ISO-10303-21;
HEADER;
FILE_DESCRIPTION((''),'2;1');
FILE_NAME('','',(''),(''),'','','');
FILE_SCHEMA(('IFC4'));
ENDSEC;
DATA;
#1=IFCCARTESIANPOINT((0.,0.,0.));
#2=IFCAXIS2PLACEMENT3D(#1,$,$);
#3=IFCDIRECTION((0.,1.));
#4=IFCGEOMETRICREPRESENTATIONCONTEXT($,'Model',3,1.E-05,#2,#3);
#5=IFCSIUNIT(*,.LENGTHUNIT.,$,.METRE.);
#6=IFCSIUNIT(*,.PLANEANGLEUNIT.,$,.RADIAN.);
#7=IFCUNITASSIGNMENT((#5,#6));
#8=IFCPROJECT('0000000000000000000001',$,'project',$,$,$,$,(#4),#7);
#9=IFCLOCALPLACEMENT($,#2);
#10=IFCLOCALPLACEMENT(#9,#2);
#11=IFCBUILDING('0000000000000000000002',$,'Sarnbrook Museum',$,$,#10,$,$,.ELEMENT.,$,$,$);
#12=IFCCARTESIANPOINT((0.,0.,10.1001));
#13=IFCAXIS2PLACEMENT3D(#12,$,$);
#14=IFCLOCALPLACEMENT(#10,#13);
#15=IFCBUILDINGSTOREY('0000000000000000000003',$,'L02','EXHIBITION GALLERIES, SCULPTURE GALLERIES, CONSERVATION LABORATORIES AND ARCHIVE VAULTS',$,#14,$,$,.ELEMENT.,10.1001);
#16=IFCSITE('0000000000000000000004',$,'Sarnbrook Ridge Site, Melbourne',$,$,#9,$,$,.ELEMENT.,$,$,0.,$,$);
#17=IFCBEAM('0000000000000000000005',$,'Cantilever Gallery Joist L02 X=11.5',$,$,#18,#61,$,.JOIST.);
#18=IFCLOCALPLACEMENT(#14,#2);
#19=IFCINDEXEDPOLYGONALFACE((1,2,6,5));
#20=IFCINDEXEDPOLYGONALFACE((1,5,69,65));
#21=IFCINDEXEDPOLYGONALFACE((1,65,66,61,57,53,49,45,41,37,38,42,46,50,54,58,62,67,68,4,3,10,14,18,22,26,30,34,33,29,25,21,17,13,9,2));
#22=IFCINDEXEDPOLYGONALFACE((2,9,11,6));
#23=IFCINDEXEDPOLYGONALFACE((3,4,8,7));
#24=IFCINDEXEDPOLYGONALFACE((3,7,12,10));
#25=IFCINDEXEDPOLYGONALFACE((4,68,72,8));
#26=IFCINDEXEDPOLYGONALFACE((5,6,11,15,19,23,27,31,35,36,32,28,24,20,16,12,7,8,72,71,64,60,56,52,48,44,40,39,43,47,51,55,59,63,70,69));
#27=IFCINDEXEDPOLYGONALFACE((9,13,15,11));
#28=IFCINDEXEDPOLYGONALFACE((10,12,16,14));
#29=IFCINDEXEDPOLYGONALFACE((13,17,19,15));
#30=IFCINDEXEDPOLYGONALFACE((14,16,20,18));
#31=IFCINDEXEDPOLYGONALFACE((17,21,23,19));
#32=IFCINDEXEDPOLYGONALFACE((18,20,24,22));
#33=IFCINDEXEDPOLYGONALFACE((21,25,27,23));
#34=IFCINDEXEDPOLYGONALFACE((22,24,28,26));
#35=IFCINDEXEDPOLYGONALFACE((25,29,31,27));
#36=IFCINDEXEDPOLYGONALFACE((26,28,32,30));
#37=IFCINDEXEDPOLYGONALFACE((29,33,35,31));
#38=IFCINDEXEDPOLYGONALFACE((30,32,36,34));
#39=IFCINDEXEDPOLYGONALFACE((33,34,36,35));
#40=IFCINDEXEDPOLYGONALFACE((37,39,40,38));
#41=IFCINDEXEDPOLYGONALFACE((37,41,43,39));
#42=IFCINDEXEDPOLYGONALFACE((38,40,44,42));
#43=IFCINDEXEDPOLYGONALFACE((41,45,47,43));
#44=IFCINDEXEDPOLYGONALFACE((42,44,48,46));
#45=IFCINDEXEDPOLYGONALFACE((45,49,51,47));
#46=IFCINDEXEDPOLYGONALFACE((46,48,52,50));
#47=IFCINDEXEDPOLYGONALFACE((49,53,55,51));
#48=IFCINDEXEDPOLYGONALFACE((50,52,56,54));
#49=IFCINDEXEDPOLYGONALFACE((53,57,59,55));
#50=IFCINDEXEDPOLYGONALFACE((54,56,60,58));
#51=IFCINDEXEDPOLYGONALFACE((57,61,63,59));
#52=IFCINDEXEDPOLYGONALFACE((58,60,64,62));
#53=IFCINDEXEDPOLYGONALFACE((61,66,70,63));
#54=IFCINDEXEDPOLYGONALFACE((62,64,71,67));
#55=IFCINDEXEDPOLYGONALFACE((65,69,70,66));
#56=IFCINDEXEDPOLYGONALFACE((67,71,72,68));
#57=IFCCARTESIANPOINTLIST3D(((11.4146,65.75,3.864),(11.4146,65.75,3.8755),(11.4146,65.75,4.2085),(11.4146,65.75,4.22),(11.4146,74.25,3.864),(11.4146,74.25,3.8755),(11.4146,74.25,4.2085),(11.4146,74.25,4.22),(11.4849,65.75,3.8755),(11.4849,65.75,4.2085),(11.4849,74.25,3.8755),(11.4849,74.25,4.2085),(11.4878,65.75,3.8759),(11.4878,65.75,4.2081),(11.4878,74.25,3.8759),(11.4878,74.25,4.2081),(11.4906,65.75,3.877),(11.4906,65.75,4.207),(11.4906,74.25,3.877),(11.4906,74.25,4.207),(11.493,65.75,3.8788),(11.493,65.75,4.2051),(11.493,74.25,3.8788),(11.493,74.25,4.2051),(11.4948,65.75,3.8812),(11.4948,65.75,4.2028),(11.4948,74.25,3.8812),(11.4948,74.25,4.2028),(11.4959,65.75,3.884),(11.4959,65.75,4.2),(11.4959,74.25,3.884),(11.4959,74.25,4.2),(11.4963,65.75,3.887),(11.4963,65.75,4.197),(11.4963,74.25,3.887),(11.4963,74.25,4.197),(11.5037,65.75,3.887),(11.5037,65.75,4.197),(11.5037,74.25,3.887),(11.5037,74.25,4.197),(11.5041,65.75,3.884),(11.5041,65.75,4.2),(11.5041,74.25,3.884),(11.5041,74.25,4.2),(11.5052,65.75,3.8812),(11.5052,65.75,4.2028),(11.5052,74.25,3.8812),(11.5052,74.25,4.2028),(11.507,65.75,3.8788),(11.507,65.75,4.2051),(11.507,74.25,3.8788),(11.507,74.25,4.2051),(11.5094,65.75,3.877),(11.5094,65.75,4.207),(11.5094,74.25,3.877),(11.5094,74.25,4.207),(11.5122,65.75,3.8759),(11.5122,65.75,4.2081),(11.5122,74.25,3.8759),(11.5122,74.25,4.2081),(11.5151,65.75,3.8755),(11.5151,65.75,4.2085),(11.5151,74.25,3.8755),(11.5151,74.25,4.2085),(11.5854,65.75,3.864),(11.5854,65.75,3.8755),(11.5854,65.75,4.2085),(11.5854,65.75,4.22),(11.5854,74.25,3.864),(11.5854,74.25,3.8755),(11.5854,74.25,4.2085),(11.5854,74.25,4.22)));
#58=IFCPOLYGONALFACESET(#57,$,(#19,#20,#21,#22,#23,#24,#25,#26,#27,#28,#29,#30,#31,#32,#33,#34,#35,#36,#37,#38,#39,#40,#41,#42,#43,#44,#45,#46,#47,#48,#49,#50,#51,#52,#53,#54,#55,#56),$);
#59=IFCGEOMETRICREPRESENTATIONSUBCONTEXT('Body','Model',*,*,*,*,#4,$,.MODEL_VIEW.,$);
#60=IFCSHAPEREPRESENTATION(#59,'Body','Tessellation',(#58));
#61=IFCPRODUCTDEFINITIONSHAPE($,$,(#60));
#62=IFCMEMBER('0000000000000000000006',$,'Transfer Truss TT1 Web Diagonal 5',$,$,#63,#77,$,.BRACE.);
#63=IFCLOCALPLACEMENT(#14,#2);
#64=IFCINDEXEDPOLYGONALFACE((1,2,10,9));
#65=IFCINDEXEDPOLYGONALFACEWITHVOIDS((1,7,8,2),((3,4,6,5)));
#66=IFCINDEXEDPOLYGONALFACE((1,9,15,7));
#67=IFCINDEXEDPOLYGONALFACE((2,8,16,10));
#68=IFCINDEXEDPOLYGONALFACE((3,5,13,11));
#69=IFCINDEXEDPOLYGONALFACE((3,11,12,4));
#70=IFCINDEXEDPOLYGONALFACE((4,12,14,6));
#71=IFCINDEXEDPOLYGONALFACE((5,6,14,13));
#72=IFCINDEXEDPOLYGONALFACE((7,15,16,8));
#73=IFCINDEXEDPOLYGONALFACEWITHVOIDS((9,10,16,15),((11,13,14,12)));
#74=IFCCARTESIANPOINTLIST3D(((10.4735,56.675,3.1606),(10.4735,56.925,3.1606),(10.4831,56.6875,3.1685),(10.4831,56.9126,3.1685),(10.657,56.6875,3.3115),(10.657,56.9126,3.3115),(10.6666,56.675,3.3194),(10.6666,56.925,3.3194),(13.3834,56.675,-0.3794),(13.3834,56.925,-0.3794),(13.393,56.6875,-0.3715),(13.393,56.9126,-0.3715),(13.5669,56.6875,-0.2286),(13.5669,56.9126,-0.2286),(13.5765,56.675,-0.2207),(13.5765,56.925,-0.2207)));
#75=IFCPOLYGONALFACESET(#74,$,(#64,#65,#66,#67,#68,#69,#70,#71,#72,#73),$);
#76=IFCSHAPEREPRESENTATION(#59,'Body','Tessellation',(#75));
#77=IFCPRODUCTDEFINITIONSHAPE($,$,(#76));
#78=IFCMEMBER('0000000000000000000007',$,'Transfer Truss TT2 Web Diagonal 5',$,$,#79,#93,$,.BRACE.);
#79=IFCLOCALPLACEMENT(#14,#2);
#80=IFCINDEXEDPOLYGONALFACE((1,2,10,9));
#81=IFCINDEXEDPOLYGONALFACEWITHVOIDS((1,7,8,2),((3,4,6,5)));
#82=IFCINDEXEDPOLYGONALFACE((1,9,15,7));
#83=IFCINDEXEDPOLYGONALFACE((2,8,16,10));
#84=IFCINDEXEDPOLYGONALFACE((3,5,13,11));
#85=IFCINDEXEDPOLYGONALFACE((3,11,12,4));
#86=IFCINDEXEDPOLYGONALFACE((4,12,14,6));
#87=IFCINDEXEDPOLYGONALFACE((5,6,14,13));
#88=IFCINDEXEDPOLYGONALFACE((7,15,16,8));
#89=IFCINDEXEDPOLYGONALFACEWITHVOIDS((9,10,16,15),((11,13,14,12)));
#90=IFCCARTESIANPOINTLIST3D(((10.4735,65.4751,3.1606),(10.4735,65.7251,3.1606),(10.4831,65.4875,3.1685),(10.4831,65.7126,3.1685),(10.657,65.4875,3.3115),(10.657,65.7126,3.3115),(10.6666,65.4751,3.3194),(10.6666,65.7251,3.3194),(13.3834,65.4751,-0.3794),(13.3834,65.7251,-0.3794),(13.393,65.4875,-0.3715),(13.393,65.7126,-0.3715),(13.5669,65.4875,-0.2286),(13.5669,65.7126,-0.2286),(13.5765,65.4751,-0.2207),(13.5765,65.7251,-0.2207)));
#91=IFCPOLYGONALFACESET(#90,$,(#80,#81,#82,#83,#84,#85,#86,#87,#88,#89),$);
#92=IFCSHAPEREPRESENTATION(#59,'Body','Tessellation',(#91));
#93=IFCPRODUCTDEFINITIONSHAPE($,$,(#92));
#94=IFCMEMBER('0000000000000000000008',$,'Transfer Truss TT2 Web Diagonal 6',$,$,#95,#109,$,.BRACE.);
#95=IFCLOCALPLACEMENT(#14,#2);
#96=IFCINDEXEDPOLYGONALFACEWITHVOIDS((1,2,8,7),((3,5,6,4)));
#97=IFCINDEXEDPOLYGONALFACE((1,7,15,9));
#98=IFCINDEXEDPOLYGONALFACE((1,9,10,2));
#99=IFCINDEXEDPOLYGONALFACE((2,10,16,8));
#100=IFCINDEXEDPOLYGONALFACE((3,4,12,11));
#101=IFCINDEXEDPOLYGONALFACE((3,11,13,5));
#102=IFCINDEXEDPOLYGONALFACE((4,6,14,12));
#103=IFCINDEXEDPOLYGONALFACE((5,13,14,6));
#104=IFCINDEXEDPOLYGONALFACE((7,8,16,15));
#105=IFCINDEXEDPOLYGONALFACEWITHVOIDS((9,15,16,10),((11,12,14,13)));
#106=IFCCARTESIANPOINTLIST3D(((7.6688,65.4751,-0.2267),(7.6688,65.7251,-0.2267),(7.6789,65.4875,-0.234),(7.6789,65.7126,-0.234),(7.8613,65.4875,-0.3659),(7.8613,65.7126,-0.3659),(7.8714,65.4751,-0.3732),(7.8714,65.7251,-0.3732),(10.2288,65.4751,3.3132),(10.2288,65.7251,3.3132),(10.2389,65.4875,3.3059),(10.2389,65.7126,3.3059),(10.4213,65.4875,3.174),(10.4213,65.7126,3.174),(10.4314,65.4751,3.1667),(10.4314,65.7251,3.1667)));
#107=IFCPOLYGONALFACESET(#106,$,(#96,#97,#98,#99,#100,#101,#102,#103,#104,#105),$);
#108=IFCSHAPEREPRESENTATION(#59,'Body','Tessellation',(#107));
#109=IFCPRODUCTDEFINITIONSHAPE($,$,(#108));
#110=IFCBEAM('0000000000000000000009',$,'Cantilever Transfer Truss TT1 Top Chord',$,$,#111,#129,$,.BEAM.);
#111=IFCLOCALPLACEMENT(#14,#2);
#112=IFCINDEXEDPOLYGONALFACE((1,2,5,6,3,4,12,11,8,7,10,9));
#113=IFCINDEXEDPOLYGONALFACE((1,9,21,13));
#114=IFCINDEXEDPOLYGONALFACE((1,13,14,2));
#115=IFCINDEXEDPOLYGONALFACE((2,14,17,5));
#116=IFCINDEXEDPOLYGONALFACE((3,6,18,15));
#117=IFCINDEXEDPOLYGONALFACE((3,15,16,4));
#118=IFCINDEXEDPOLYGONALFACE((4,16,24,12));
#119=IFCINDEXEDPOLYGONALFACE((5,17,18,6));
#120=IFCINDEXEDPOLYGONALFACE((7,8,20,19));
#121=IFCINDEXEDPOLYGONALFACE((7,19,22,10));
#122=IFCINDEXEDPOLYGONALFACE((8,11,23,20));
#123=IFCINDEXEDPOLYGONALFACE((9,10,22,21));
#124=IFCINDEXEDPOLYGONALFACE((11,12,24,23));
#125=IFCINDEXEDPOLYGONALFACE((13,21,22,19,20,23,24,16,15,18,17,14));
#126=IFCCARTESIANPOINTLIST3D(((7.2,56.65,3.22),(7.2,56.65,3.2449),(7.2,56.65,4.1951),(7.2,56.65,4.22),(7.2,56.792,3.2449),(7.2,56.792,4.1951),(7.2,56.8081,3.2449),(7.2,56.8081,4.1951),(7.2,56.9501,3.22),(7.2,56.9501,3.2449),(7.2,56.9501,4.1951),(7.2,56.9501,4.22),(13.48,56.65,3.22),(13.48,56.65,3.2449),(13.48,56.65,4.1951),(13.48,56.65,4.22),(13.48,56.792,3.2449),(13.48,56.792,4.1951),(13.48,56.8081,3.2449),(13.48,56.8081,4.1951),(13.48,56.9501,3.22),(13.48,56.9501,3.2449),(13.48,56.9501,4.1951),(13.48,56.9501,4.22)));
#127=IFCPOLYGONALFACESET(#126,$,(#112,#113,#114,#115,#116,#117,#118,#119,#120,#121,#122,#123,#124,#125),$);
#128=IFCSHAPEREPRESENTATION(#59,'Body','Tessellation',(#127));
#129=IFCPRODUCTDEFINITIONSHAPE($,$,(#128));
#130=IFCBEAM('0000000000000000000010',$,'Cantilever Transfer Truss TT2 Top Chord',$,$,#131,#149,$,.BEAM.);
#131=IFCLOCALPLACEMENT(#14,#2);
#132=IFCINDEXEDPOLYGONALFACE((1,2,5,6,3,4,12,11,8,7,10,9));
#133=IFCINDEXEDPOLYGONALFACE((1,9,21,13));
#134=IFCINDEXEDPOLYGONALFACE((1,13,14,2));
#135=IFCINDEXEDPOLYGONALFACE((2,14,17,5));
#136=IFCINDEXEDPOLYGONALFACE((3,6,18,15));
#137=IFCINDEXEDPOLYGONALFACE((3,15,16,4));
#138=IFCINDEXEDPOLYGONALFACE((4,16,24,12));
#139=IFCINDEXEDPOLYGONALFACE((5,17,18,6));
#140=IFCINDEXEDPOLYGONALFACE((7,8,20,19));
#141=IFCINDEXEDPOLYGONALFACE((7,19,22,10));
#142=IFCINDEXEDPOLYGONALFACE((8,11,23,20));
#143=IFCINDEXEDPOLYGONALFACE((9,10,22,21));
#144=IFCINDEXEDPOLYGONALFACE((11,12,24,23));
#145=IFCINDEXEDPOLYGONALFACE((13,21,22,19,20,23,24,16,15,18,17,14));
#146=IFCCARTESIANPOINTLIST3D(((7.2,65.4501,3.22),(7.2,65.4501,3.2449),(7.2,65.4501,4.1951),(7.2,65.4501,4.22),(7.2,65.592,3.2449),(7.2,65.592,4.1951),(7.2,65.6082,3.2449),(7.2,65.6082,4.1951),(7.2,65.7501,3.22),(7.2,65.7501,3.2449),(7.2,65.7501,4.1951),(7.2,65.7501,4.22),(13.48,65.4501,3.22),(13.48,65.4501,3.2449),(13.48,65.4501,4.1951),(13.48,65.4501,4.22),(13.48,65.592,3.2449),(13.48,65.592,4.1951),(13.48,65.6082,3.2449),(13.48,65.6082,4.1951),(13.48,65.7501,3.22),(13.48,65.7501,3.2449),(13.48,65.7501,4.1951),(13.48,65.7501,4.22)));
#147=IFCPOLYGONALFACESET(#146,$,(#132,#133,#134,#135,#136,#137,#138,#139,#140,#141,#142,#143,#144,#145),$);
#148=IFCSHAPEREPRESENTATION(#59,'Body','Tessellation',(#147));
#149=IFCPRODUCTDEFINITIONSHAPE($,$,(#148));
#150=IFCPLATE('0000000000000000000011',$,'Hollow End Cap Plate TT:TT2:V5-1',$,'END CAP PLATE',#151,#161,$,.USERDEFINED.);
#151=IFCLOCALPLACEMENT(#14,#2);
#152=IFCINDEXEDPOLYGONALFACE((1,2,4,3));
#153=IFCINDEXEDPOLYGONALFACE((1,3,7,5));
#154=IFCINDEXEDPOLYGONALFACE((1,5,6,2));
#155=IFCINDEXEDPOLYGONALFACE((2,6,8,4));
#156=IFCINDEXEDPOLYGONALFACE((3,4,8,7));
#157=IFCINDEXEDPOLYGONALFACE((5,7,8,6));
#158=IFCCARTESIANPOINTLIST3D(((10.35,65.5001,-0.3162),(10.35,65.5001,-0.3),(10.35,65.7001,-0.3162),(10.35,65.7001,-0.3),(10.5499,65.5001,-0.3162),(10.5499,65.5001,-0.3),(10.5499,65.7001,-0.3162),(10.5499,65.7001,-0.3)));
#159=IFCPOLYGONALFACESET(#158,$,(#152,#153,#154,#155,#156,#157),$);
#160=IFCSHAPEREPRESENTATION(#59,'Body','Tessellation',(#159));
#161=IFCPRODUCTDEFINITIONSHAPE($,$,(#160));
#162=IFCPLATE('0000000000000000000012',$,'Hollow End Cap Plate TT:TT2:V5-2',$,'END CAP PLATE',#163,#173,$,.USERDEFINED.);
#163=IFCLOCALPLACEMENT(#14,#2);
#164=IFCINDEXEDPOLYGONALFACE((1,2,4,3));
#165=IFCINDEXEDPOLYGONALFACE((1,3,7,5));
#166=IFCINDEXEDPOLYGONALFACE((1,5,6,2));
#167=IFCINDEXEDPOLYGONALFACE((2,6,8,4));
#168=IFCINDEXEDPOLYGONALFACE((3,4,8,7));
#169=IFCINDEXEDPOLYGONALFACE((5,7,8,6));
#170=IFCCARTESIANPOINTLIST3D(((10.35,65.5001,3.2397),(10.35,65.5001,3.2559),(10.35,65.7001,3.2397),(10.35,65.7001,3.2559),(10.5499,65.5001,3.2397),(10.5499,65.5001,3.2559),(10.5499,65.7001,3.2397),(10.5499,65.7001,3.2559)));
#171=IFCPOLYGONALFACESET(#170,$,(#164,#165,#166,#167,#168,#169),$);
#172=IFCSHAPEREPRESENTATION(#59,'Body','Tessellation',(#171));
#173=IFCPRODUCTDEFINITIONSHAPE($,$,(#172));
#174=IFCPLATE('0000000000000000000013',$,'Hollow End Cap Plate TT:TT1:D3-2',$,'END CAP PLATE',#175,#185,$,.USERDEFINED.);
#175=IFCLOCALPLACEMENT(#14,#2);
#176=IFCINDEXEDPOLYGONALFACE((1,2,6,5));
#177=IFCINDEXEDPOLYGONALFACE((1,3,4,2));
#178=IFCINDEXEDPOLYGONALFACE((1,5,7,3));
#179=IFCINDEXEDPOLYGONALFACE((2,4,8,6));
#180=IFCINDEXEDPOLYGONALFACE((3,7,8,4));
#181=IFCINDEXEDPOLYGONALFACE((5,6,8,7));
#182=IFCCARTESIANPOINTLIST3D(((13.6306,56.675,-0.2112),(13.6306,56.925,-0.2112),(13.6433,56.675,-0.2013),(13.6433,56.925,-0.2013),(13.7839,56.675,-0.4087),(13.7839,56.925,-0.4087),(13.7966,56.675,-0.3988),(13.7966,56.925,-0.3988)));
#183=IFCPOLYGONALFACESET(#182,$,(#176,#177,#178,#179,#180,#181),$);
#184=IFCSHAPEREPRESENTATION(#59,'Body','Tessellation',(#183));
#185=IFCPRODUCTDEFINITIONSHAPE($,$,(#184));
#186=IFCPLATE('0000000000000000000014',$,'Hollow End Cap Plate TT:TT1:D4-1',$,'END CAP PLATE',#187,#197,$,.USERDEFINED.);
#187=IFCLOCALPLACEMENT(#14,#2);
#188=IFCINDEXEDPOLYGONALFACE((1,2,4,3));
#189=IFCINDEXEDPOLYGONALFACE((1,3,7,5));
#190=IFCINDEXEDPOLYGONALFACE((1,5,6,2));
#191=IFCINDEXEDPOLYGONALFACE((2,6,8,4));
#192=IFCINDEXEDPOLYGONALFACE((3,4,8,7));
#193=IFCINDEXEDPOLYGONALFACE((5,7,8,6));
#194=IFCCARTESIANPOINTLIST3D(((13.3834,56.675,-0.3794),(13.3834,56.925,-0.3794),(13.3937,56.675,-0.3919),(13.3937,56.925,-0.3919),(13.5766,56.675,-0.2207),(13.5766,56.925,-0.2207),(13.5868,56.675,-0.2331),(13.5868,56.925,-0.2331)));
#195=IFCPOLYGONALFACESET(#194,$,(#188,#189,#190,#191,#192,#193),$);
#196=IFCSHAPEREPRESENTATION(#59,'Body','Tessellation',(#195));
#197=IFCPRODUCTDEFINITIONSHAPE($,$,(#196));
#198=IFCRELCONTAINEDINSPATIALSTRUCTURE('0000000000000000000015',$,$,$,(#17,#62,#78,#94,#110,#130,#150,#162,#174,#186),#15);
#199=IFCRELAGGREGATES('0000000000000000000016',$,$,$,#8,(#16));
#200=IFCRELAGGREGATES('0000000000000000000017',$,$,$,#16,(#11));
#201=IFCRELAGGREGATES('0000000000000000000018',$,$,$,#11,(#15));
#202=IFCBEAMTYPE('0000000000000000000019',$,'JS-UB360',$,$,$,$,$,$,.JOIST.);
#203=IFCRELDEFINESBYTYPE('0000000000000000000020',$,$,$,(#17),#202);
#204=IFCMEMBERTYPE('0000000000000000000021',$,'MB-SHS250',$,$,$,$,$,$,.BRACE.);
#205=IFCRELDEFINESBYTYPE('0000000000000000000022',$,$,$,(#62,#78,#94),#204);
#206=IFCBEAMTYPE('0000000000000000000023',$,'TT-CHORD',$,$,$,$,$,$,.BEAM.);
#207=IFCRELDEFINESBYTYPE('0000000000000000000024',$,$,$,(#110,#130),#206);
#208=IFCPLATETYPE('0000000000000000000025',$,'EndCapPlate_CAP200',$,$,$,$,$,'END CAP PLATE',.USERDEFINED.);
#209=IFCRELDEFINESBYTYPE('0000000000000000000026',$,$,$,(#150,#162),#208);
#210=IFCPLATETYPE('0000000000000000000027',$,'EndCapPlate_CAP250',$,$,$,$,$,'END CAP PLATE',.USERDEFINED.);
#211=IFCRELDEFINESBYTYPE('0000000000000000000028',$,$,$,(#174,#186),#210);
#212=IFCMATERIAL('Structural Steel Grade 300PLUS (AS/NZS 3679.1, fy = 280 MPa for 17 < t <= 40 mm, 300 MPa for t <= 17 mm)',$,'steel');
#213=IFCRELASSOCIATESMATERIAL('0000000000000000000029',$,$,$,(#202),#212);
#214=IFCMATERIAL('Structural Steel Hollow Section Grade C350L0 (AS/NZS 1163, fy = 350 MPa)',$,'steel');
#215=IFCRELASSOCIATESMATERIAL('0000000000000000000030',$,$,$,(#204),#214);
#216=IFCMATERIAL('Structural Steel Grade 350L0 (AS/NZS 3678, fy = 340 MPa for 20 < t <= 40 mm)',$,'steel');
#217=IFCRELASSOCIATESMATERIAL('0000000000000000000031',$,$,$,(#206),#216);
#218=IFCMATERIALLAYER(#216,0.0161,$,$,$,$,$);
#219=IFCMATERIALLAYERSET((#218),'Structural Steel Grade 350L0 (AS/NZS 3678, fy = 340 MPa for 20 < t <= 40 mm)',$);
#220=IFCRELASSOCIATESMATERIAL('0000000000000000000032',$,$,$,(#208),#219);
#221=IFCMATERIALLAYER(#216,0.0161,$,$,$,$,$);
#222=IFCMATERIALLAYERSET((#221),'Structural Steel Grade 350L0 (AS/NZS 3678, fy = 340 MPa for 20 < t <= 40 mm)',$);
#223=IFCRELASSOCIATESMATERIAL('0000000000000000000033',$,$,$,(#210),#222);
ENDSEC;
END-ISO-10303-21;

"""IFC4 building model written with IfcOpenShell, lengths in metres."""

from ifc_helpers import new_model, si_unit, direction, frame, origin, origin_2d, place, context, subcontext, project, spatial, rectangle, hollow_rectangle, i_section, extrude, material, layer, layer_set, material_profile, profile_set, type_object, element, save


model = new_model("IFC4")

# Units and contexts
model_context = context("Model", 3, precision=1e-05, world=origin(), true_north=direction((0.0, 1.0)))
body_context = subcontext(model_context, "Body", "Model", "MODEL_VIEW")
ifc_project = project(units=[si_unit("LENGTHUNIT", "METRE"), si_unit("PLANEANGLEUNIT", "RADIAN")], contexts=[model_context])

# Site, building, storey
site_placement = place(None, origin())
site = spatial("IfcSite", under=ifc_project, at=site_placement, Name="Sarnbrook Ridge Site, Melbourne", CompositionType="ELEMENT", RefElevation=0.0)
building_placement = place(site_placement, origin())
building = spatial("IfcBuilding", under=site, at=building_placement, Name="Sarnbrook Museum", CompositionType="ELEMENT")
storey_placement = place(building_placement, frame((0.0, 0.0, 10.1001)))
storey = spatial("IfcBuildingStorey", under=building, at=storey_placement, Name="L02", Description="EXHIBITION GALLERIES, SCULPTURE GALLERIES, CONSERVATION LABORATORIES AND ARCHIVE VAULTS", CompositionType="ELEMENT", Elevation=10.1001)

# Shared definitions
ifc_material_1 = material(Name="Structural Steel Grade 300PLUS (AS/NZS 3679.1, fy = 280 MPa for 17 < t <= 40 mm, 300 MPa for t <= 17 mm)", Category="steel")

# Shared definitions
ifc_material_2 = material(Name="Structural Steel Hollow Section Grade C350L0 (AS/NZS 1163, fy = 350 MPa)", Category="steel")

# Beam
ifc_material_profile_1 = material_profile(ifc_material_1, i_section(OverallWidth=0.1709, OverallDepth=0.356, WebThickness=0.0073, FlangeThickness=0.0115, FilletRadius=0.0115, at=origin_2d()), Name="360UB50.7")
ifc_profile_set_1 = profile_set([ifc_material_profile_1], Name="Structural Steel Grade 300PLUS (AS/NZS 3679.1, fy = 280 MPa for 17 < t <= 40 mm, 300 MPa for t <= 17 mm)")
beam_type_1 = type_object("IfcBeamType", Name="JS-UB360", PredefinedType="JOIST", material=ifc_profile_set_1)
for number, where, z_axis, x_axis, name in (
    (1, (11.5, 65.75, 4.042), (0.0, 1.0, 0.0), (-1.0, 0.0, 0.0), "Cantilever Gallery Joist L02 X=11.5"),
):
    element("IfcBeam", number, at=place(storey_placement, frame(where, z_axis=z_axis, x_axis=x_axis)), inside=storey, type_object=beam_type_1, Name=name, PredefinedType="JOIST", context=body_context, shape_type="SweptSolid", body=[
        extrude(i_section(OverallWidth=0.1709, OverallDepth=0.356, WebThickness=0.0073, FlangeThickness=0.0115, FilletRadius=0.0115, at=origin_2d()), origin(), (0.0, 0.0, 1.0), 8.5),
    ])

# Members
ifc_material_profile_2 = material_profile(ifc_material_2, hollow_rectangle(XDim=0.25, YDim=0.25, WallThickness=0.0125, at=origin_2d()), Name="250x250x12.5SHS")
ifc_profile_set_2 = profile_set([ifc_material_profile_2], Name="Structural Steel Hollow Section Grade C350L0 (AS/NZS 1163, fy = 350 MPa)")
member_type_1 = type_object("IfcMemberType", Name="MB-SHS250", PredefinedType="BRACE", material=ifc_profile_set_2)
for number, where, z_axis, x_axis, name in (
    (2, (13.48, 56.8, -0.3), (-0.635003, 0.0, 0.77251), (0.0, -1.0, 0.0), "Transfer Truss TT1 Web Diagonal 5"),
    (3, (13.48, 65.6001, -0.3), (-0.635003, 0.0, 0.77251), (0.0, -1.0, 0.0), "Transfer Truss TT2 Web Diagonal 5"),
):
    element("IfcMember", number, at=place(storey_placement, frame(where, z_axis=z_axis, x_axis=x_axis)), inside=storey, type_object=member_type_1, Name=name, PredefinedType="BRACE", context=body_context, shape_type="SweptSolid", body=[
        extrude(hollow_rectangle(XDim=0.25, YDim=0.25, WallThickness=0.0125, at=origin_2d()), origin(), (0.0, 0.0, 1.0), 4.5825),
    ])
member_1_placement = place(storey_placement, frame((10.3301, 65.6001, 3.24), z_axis=(-0.585996, 0.0, -0.810314), x_axis=(0.0, -1.0, 0.0)))
element("IfcMember", 4, at=member_1_placement, inside=storey, type_object=member_type_1, Name="Transfer Truss TT2 Web Diagonal 6", PredefinedType="BRACE", context=body_context, shape_type="SweptSolid", body=[
    extrude(hollow_rectangle(XDim=0.25, YDim=0.25, WallThickness=0.0125, at=origin_2d()), origin(), (0.0, 0.0, 1.0), 4.3687),
])

# Beams
ifc_material_3 = material(Name="Structural Steel Grade 350L0 (AS/NZS 3678, fy = 340 MPa for 20 < t <= 40 mm)", Category="steel")
ifc_material_profile_3 = material_profile(ifc_material_3, i_section(OverallWidth=0.3, OverallDepth=1.0, WebThickness=0.0161, FlangeThickness=0.0249, at=origin_2d()), Name="1000WB215")
ifc_profile_set_3 = profile_set([ifc_material_profile_3], Name="Structural Steel Grade 350L0 (AS/NZS 3678, fy = 340 MPa for 20 < t <= 40 mm)")
beam_type_2 = type_object("IfcBeamType", Name="TT-CHORD", PredefinedType="BEAM", material=ifc_profile_set_3)
for number, where, z_axis, x_axis, name in (
    (5, (13.48, 56.8, 3.72), (-1.0, 0.0, 0.0), (0.0, -1.0, 0.0), "Cantilever Transfer Truss TT1 Top Chord"),
    (6, (13.48, 65.6001, 3.72), (-1.0, 0.0, 0.0), (0.0, -1.0, 0.0), "Cantilever Transfer Truss TT2 Top Chord"),
):
    element("IfcBeam", number, at=place(storey_placement, frame(where, z_axis=z_axis, x_axis=x_axis)), inside=storey, type_object=beam_type_2, Name=name, PredefinedType="BEAM", context=body_context, shape_type="SweptSolid", body=[
        extrude(i_section(OverallWidth=0.3, OverallDepth=1.0, WebThickness=0.0161, FlangeThickness=0.0249, at=origin_2d()), origin(), (0.0, 0.0, 1.0), 6.28),
    ])

# Plates
ifc_layer_1 = layer(ifc_material_3, 0.0161)
ifc_layer_set_1 = layer_set([ifc_layer_1], Name="Structural Steel Grade 350L0 (AS/NZS 3678, fy = 340 MPa for 20 < t <= 40 mm)")
plate_type_1 = type_object("IfcPlateType", Name="EndCapPlate_CAP200", ElementType="END CAP PLATE", PredefinedType="USERDEFINED", material=ifc_layer_set_1)
for number, where, z_axis, x_axis, name in (
    (7, (10.45, 65.6001, -0.3162), (0.0, 0.0, 1.0), (1.0, 0.0, 0.0), "Hollow End Cap Plate TT:TT2:V5-1"),
    (8, (10.45, 65.6001, 3.2397), (0.0, 0.0, 1.0), (1.0, 0.0, 0.0), "Hollow End Cap Plate TT:TT2:V5-2"),
):
    element("IfcPlate", number, at=place(storey_placement, frame(where, z_axis=z_axis, x_axis=x_axis)), inside=storey, type_object=plate_type_1, Name=name, ObjectType="END CAP PLATE", PredefinedType="USERDEFINED", context=body_context, shape_type="SweptSolid", body=[
        extrude(rectangle(XDim=0.2, YDim=0.2, at=origin_2d()), origin(), (0.0, 0.0, 1.0), 0.0161),
    ])
ifc_layer_2 = layer(ifc_material_3, 0.0161)
ifc_layer_set_2 = layer_set([ifc_layer_2], Name="Structural Steel Grade 350L0 (AS/NZS 3678, fy = 340 MPa for 20 < t <= 40 mm)")
plate_type_2 = type_object("IfcPlateType", Name="EndCapPlate_CAP250", ElementType="END CAP PLATE", PredefinedType="USERDEFINED", material=ifc_layer_set_2)
for number, where, z_axis, x_axis, name in (
    (9, (13.72, 56.8, -0.3), (-0.789912, 0.0, -0.613221), (0.0, -1.0, 0.0), "Hollow End Cap Plate TT:TT1:D3-2"),
    (10, (13.4902, 56.8, -0.3125), (-0.635019, 0.0, 0.772497), (0.0, -1.0, 0.0), "Hollow End Cap Plate TT:TT1:D4-1"),
):
    element("IfcPlate", number, at=place(storey_placement, frame(where, z_axis=z_axis, x_axis=x_axis)), inside=storey, type_object=plate_type_2, Name=name, ObjectType="END CAP PLATE", PredefinedType="USERDEFINED", context=body_context, shape_type="SweptSolid", body=[
        extrude(rectangle(XDim=0.25, YDim=0.25, at=origin_2d()), origin(), (0.0, 0.0, 1.0), 0.0161),
    ])

save(model, "model.ifc")
